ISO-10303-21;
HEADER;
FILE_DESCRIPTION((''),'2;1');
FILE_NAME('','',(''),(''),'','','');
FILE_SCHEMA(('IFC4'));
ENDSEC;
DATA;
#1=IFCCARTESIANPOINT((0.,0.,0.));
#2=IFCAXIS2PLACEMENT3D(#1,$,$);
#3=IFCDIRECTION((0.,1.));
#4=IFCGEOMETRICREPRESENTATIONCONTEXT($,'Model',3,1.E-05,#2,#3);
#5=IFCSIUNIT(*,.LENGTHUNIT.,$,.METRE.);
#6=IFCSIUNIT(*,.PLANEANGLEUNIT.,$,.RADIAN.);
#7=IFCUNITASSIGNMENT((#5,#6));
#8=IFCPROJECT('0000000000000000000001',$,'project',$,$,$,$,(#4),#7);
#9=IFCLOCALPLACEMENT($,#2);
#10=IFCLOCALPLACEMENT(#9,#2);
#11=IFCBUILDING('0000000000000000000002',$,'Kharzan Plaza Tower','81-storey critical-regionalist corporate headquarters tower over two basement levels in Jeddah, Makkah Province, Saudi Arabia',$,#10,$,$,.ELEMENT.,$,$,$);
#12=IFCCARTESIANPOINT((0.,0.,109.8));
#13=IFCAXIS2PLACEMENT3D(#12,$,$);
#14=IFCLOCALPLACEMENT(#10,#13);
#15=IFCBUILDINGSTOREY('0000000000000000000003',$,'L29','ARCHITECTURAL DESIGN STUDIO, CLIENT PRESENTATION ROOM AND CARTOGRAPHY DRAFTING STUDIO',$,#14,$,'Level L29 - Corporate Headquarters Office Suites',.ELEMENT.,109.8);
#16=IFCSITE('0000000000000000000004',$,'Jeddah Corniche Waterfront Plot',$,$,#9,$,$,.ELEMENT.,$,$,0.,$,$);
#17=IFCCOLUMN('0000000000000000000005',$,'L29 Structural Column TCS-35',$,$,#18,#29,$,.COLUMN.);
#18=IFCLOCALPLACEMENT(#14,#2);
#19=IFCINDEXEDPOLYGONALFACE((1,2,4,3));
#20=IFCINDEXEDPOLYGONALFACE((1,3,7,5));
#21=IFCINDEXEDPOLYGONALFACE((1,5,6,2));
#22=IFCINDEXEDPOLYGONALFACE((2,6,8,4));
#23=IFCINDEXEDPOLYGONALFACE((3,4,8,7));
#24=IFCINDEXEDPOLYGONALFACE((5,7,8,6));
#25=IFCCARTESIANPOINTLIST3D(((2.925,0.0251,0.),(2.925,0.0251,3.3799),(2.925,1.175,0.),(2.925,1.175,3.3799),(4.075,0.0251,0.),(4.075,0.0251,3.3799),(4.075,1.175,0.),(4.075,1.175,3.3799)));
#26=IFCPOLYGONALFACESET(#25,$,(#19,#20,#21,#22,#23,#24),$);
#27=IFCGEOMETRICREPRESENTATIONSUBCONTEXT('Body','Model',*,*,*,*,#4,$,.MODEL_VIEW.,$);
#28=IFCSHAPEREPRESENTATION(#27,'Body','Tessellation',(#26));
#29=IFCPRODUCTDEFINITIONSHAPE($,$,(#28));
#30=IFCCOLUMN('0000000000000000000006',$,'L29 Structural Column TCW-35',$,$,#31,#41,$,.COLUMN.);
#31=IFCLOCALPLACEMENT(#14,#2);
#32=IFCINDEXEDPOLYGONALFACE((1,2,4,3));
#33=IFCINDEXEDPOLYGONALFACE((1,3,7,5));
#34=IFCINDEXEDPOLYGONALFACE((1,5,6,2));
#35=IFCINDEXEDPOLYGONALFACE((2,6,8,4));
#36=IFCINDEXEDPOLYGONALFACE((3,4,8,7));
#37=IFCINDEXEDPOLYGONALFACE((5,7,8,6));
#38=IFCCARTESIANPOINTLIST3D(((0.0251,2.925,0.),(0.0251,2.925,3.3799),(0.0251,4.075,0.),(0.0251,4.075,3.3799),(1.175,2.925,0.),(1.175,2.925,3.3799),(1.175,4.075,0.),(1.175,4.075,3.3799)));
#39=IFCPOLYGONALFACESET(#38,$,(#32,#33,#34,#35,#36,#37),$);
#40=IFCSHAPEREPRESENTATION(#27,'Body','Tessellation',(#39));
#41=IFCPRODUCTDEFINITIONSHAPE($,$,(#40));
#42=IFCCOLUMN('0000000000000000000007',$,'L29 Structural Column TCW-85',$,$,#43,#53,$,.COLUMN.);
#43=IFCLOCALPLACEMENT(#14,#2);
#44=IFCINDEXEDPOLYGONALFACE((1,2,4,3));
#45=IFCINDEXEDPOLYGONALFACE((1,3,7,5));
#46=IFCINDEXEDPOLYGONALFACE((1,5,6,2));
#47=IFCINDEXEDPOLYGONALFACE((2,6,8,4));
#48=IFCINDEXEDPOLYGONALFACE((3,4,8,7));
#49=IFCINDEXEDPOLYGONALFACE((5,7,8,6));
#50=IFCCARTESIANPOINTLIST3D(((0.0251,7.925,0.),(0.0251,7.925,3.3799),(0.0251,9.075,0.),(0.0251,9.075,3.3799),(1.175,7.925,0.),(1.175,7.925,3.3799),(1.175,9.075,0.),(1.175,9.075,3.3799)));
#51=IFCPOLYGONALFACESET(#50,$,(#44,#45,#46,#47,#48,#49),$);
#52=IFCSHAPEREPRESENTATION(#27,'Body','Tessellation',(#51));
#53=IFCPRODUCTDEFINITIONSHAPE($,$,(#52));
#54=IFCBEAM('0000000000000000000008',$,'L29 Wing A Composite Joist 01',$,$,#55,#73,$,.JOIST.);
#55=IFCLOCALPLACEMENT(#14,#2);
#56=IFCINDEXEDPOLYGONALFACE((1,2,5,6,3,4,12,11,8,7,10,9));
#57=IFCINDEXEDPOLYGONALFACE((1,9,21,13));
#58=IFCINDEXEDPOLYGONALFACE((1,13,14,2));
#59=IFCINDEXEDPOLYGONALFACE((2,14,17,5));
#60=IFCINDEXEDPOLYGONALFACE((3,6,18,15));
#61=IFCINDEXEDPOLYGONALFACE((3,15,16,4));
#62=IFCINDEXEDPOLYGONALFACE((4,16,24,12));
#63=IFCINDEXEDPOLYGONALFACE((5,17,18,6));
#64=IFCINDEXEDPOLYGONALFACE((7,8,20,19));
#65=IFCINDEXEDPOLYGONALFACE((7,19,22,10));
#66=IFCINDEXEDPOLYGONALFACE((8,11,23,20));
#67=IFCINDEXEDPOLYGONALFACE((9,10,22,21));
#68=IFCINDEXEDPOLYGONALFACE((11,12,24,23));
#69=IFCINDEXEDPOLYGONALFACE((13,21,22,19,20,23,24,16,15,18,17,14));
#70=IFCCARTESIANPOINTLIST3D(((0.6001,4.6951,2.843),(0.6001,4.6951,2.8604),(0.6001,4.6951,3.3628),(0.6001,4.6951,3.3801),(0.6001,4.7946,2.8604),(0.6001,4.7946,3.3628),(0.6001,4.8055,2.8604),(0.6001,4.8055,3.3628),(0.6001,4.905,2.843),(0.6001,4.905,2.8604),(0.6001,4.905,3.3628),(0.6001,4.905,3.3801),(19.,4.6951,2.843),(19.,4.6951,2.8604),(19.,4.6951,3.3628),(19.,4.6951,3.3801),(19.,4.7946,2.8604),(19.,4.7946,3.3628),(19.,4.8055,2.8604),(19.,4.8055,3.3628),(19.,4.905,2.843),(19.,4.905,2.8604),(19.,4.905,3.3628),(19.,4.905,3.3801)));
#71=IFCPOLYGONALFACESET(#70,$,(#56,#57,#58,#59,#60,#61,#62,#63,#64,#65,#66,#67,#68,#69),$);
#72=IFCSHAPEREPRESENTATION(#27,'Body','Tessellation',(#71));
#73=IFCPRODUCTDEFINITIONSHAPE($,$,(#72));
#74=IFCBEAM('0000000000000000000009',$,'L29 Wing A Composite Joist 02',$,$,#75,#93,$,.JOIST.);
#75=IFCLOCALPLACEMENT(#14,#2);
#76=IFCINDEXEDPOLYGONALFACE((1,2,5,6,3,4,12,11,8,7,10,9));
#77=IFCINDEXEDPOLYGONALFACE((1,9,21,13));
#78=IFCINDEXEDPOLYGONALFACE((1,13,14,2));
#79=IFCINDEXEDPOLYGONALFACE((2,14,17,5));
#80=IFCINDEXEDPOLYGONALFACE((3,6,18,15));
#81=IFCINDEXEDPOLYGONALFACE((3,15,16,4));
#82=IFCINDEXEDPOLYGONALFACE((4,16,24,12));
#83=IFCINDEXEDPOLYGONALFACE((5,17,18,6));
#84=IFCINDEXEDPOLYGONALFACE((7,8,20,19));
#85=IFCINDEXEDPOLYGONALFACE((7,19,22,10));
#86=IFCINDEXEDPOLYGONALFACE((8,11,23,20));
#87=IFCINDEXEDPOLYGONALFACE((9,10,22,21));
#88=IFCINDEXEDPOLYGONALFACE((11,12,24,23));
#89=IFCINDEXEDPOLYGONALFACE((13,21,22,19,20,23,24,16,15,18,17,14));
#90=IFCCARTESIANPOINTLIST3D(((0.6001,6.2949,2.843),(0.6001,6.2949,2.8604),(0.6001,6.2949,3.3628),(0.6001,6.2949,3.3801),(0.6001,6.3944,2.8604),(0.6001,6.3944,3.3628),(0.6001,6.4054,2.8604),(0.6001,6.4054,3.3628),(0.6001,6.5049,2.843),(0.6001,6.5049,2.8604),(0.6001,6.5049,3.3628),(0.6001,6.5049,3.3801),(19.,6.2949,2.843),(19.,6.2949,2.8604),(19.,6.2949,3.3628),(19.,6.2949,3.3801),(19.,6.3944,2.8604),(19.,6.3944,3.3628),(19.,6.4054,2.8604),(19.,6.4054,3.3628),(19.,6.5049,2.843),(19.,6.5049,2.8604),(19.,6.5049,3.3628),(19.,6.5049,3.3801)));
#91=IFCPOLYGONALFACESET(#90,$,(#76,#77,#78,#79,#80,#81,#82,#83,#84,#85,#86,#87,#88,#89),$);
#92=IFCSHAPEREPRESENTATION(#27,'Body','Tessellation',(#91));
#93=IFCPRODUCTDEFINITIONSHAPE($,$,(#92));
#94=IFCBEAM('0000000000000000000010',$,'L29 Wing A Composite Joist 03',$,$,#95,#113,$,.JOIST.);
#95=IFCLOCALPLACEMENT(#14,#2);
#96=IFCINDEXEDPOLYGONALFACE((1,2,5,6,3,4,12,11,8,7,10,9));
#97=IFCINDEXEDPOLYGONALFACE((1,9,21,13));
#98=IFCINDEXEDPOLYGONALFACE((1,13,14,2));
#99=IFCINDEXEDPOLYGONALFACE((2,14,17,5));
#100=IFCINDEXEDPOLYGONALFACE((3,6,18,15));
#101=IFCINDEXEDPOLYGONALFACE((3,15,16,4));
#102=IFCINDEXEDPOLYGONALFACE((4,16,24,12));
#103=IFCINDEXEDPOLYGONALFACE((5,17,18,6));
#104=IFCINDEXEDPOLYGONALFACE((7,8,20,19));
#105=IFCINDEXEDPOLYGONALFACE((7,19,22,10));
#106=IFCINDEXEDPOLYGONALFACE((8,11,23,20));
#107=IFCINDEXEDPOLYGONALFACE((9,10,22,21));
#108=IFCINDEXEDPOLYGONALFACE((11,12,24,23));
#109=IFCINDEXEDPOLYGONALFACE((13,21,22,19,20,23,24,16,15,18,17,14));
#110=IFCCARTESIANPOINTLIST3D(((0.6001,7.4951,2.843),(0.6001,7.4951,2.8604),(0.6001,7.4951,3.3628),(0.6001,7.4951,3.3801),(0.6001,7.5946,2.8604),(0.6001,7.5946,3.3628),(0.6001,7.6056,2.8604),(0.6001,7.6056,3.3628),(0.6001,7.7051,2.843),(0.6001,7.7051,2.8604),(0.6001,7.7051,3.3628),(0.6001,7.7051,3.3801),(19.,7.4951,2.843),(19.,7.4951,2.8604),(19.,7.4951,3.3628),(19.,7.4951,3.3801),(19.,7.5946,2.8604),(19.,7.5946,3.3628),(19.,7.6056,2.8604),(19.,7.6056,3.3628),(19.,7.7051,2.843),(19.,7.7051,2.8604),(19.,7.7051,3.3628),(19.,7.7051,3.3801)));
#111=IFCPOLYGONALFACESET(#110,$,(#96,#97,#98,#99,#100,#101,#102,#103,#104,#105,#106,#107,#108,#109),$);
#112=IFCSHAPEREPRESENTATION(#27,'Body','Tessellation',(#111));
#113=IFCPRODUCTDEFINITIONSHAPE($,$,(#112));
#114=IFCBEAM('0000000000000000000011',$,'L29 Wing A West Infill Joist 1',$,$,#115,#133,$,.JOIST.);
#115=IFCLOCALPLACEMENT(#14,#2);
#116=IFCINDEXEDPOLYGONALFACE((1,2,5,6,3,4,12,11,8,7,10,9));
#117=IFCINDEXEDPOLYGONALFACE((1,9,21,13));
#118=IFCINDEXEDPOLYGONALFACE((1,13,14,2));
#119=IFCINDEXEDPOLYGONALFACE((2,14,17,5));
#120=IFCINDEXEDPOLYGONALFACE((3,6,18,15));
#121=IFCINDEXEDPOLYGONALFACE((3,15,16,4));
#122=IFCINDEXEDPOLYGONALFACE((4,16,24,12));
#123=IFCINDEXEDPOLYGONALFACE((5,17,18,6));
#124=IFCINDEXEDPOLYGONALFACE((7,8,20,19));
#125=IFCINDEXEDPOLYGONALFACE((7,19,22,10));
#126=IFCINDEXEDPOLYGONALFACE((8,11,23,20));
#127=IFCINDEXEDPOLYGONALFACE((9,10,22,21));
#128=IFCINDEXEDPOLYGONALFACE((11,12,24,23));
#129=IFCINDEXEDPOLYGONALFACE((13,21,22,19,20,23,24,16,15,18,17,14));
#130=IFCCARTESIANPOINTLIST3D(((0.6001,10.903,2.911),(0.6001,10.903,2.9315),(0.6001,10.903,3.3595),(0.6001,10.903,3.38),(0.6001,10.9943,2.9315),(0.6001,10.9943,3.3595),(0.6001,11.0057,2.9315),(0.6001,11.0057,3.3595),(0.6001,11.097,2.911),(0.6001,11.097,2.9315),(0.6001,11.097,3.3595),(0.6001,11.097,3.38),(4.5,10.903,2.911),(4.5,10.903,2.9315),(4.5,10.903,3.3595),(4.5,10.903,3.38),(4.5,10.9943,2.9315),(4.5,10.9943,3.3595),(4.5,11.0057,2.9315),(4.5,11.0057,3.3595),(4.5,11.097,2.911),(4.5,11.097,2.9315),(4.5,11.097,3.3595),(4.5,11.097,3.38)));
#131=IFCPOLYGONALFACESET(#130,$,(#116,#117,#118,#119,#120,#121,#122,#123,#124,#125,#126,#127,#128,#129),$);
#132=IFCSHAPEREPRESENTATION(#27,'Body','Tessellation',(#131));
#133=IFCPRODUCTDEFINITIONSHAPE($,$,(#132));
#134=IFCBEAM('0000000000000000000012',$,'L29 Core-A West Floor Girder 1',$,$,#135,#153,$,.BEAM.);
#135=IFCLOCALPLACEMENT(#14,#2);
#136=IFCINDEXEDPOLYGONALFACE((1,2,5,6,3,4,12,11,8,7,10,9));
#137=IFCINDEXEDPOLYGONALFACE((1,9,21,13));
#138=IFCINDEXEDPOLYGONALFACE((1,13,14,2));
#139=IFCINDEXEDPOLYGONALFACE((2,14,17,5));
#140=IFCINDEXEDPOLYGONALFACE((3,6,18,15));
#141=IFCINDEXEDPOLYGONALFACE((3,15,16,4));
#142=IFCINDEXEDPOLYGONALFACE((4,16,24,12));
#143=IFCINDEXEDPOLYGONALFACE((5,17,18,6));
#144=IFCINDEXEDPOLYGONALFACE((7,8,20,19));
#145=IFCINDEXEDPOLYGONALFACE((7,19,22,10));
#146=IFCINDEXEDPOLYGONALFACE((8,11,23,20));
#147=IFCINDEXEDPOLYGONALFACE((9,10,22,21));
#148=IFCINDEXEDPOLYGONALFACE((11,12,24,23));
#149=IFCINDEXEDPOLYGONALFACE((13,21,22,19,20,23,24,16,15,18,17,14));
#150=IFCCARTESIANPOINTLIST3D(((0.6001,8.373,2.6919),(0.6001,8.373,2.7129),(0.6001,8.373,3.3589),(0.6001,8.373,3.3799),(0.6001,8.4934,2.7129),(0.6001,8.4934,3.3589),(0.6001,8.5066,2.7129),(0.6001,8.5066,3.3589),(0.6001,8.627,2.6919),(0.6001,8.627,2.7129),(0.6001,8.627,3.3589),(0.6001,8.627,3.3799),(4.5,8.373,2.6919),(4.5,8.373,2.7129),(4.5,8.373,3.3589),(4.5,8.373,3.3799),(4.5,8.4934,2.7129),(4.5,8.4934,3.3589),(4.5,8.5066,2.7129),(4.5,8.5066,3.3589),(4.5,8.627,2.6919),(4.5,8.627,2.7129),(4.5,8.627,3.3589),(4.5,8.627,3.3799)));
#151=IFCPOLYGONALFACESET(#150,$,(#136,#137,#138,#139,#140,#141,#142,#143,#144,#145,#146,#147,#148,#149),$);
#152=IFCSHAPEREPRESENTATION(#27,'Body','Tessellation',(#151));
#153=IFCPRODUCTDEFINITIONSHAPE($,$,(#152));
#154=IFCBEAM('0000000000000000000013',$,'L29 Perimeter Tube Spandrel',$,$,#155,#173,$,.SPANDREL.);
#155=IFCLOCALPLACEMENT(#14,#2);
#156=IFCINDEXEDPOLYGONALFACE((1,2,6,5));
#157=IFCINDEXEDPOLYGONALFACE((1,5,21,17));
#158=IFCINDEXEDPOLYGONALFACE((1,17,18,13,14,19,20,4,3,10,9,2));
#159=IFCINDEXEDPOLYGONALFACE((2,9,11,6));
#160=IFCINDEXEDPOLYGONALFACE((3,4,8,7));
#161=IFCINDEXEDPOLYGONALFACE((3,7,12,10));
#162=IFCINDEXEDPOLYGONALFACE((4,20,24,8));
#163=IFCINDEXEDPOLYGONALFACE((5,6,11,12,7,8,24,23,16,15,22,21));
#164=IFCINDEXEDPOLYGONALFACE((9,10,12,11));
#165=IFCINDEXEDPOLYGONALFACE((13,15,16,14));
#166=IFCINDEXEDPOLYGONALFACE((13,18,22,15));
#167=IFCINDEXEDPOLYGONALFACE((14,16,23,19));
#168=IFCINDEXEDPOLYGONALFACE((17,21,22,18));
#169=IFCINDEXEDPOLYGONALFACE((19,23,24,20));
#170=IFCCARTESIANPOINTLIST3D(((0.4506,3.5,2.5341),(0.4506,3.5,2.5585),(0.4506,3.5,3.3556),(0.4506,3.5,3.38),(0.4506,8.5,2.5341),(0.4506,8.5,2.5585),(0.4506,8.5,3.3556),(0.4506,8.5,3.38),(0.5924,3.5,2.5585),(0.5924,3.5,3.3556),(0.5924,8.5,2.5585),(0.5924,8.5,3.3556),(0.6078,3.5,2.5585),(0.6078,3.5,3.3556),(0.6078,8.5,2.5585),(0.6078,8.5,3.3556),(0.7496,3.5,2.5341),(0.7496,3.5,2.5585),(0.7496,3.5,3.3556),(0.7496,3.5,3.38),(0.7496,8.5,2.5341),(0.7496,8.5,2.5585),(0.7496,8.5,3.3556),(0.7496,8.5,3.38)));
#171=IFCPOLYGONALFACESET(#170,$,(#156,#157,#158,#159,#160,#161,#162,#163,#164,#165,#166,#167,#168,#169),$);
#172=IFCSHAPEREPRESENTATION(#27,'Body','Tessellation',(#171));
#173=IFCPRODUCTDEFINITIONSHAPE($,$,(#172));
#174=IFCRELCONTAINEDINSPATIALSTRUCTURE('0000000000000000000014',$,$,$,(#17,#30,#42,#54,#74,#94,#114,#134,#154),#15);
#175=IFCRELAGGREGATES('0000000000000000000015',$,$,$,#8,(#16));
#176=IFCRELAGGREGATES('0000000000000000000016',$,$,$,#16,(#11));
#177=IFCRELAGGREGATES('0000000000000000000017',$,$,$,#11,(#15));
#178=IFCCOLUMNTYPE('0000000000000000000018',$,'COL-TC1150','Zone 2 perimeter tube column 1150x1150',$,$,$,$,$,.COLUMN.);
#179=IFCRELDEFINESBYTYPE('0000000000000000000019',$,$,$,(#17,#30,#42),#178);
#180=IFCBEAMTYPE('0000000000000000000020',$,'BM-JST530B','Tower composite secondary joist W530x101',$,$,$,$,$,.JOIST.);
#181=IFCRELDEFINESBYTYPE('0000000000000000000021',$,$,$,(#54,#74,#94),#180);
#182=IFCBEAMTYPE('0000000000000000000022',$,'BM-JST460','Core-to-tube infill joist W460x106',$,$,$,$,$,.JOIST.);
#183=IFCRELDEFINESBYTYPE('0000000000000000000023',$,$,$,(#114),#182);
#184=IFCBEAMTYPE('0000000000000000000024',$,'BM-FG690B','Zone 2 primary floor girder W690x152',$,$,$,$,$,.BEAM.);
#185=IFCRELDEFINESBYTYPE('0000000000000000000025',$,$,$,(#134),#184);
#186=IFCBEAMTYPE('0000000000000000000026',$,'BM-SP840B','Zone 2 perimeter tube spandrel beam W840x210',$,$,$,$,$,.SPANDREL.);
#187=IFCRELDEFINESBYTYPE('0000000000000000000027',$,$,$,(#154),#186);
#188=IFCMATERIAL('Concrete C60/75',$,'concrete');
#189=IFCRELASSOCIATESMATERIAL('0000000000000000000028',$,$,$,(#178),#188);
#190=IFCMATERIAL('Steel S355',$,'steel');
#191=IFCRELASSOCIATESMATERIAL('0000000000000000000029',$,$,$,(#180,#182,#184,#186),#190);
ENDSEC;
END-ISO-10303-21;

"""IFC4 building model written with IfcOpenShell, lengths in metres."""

from ifc_helpers import new_model, si_unit, direction, frame, origin, origin_2d, place, context, subcontext, project, spatial, rectangle, i_section, extrude, source, transform, mapped, material, material_profile, profile_set, type_object, element, save


model = new_model("IFC4")

# Units and contexts
model_context = context("Model", 3, precision=1e-05, world=origin(), true_north=direction((0.0, 1.0)))
body_context = subcontext(model_context, "Body", "Model", "MODEL_VIEW")
ifc_project = project(units=[si_unit("LENGTHUNIT", "METRE"), si_unit("PLANEANGLEUNIT", "RADIAN")], contexts=[model_context])

# Site, building, storey
site_placement = place(None, origin())
site = spatial("IfcSite", under=ifc_project, at=site_placement, Name="Jeddah Corniche Waterfront Plot", CompositionType="ELEMENT", RefElevation=0.0)
building_placement = place(site_placement, origin())
building = spatial("IfcBuilding", under=site, at=building_placement, Name="Kharzan Plaza Tower", Description="81-storey critical-regionalist corporate headquarters tower over two basement levels in Jeddah, Makkah Province, Saudi Arabia", CompositionType="ELEMENT")
storey_placement = place(building_placement, frame((0.0, 0.0, 109.8)))
storey = spatial("IfcBuildingStorey", under=building, at=storey_placement, Name="L29", Description="ARCHITECTURAL DESIGN STUDIO, CLIENT PRESENTATION ROOM AND CARTOGRAPHY DRAFTING STUDIO", LongName="Level L29 - Corporate Headquarters Office Suites", CompositionType="ELEMENT", Elevation=109.8)

# Columns
ifc_material_1 = material(Name="Concrete C60/75", Category="concrete")
ifc_material_profile_1 = material_profile(ifc_material_1, rectangle(XDim=1.1499, YDim=1.1499, at=origin_2d()), Name="RC-TC1150x1150")
ifc_profile_set_1 = profile_set([ifc_material_profile_1], Name="Concrete C60/75")
column_type = type_object("IfcColumnType", Name="COL-TC1150", Description="Zone 2 perimeter tube column 1150x1150", PredefinedType="COLUMN", material=ifc_profile_set_1)
shared_shape_1 = source(origin(), body_context, "Body", "SweptSolid", [
    extrude(rectangle(XDim=1.1499, YDim=1.1499, at=origin_2d()), origin(), (0.0, 0.0, 1.0), 3.3799),
])
for number, where, z_axis, x_axis, name in (
    (1, (3.5, 0.6001, 0.0), (0.0, 0.0, 1.0), (1.0, 0.0, 0.0), "L29 Structural Column TCS-35"),
    (2, (0.6001, 3.5, 0.0), (0.0, 0.0, 1.0), (1.0, 0.0, 0.0), "L29 Structural Column TCW-35"),
    (3, (0.6001, 8.5, 0.0), (0.0, 0.0, 1.0), (1.0, 0.0, 0.0), "L29 Structural Column TCW-85"),
):
    element("IfcColumn", number, at=place(storey_placement, frame(where, z_axis=z_axis, x_axis=x_axis)), inside=storey, type_object=column_type, Name=name, PredefinedType="COLUMN", context=body_context, shape_type="MappedRepresentation", body=[
        mapped(shared_shape_1, transform((0.0, 0.0, 0.0), x_axis=(1.0, 0.0, 0.0), y_axis=(0.0, 1.0, 0.0), z_axis=(0.0, 0.0, 1.0))),
    ])

# Beams
ifc_material_2 = material(Name="Steel S355", Category="steel")
ifc_material_profile_2 = material_profile(ifc_material_2, i_section(OverallWidth=0.21, OverallDepth=0.5371, WebThickness=0.011, FlangeThickness=0.0173, at=origin_2d()), Name="W530x101")
ifc_profile_set_2 = profile_set([ifc_material_profile_2], Name="Steel S355")
beam_type_1 = type_object("IfcBeamType", Name="BM-JST530B", Description="Tower composite secondary joist W530x101", PredefinedType="JOIST", material=ifc_profile_set_2)
shared_shape_2 = source(origin(), body_context, "Body", "SweptSolid", [
    extrude(i_section(OverallWidth=0.21, OverallDepth=0.5371, WebThickness=0.011, FlangeThickness=0.0173, at=origin_2d()), origin(), (0.0, 0.0, 1.0), 18.3999),
])
for number, where, z_axis, x_axis, name in (
    (4, (0.6001, 4.8, 3.1116), (1.0, 0.0, 0.0), (0.0, 1.0, 0.0), "L29 Wing A Composite Joist 01"),
    (5, (0.6001, 6.3999, 3.1116), (1.0, 0.0, 0.0), (0.0, 1.0, 0.0), "L29 Wing A Composite Joist 02"),
    (6, (0.6001, 7.6001, 3.1116), (1.0, 0.0, 0.0), (0.0, 1.0, 0.0), "L29 Wing A Composite Joist 03"),
):
    element("IfcBeam", number, at=place(storey_placement, frame(where, z_axis=z_axis, x_axis=x_axis)), inside=storey, type_object=beam_type_1, Name=name, PredefinedType="JOIST", context=body_context, shape_type="MappedRepresentation", body=[
        mapped(shared_shape_2, transform((0.0, 0.0, 0.0), x_axis=(1.0, 0.0, 0.0), y_axis=(0.0, 1.0, 0.0), z_axis=(0.0, 0.0, 1.0))),
    ])
ifc_material_profile_3 = material_profile(ifc_material_2, i_section(OverallWidth=0.1941, OverallDepth=0.469, WebThickness=0.0115, FlangeThickness=0.0205, at=origin_2d()), Name="W460x106")
ifc_profile_set_3 = profile_set([ifc_material_profile_3], Name="Steel S355")
beam_type_2 = type_object("IfcBeamType", Name="BM-JST460", Description="Core-to-tube infill joist W460x106", PredefinedType="JOIST", material=ifc_profile_set_3)
shared_shape_3 = source(origin(), body_context, "Body", "SweptSolid", [
    extrude(i_section(OverallWidth=0.1941, OverallDepth=0.469, WebThickness=0.0115, FlangeThickness=0.0205, at=origin_2d()), origin(), (0.0, 0.0, 1.0), 3.8999),
])
beam_1_placement = place(storey_placement, frame((0.6001, 11.0, 3.1455), z_axis=(1.0, 0.0, 0.0), x_axis=(0.0, 1.0, 0.0)))
element("IfcBeam", 7, at=beam_1_placement, inside=storey, type_object=beam_type_2, Name="L29 Wing A West Infill Joist 1", PredefinedType="JOIST", context=body_context, shape_type="MappedRepresentation", body=[
    mapped(shared_shape_3, transform((0.0, 0.0, 0.0), x_axis=(1.0, 0.0, 0.0), y_axis=(0.0, 1.0, 0.0), z_axis=(0.0, 0.0, 1.0))),
])
ifc_material_profile_4 = material_profile(ifc_material_2, i_section(OverallWidth=0.2539, OverallDepth=0.688, WebThickness=0.0132, FlangeThickness=0.021, at=origin_2d()), Name="W690x152")
ifc_profile_set_4 = profile_set([ifc_material_profile_4], Name="Steel S355")
beam_type_3 = type_object("IfcBeamType", Name="BM-FG690B", Description="Zone 2 primary floor girder W690x152", PredefinedType="BEAM", material=ifc_profile_set_4)
shared_shape_4 = source(origin(), body_context, "Body", "SweptSolid", [
    extrude(i_section(OverallWidth=0.2539, OverallDepth=0.688, WebThickness=0.0132, FlangeThickness=0.021, at=origin_2d()), origin(), (0.0, 0.0, 1.0), 3.8999),
])
beam_2_placement = place(storey_placement, frame((0.6001, 8.5, 3.0359), z_axis=(1.0, 0.0, 0.0), x_axis=(0.0, 1.0, 0.0)))
element("IfcBeam", 8, at=beam_2_placement, inside=storey, type_object=beam_type_3, Name="L29 Core-A West Floor Girder 1", PredefinedType="BEAM", context=body_context, shape_type="MappedRepresentation", body=[
    mapped(shared_shape_4, transform((0.0, 0.0, 0.0), x_axis=(1.0, 0.0, 0.0), y_axis=(0.0, 1.0, 0.0), z_axis=(0.0, 0.0, 1.0))),
])
ifc_material_profile_5 = material_profile(ifc_material_2, i_section(OverallWidth=0.2991, OverallDepth=0.8459, WebThickness=0.0154, FlangeThickness=0.0244, at=origin_2d()), Name="W840x210")
ifc_profile_set_5 = profile_set([ifc_material_profile_5], Name="Steel S355")
beam_type_4 = type_object("IfcBeamType", Name="BM-SP840B", Description="Zone 2 perimeter tube spandrel beam W840x210", PredefinedType="SPANDREL", material=ifc_profile_set_5)
shared_shape_5 = source(origin(), body_context, "Body", "SweptSolid", [
    extrude(i_section(OverallWidth=0.2991, OverallDepth=0.8459, WebThickness=0.0154, FlangeThickness=0.0244, at=origin_2d()), origin(), (0.0, 0.0, 1.0), 5.0),
])
for number, where, z_axis, x_axis, name in (
    (9, (0.6001, 3.5, 2.957), (0.0, 1.0, 0.0), (-1.0, 0.0, 0.0), "L29 Perimeter Tube Spandrel"),
):
    element("IfcBeam", number, at=place(storey_placement, frame(where, z_axis=z_axis, x_axis=x_axis)), inside=storey, type_object=beam_type_4, Name=name, PredefinedType="SPANDREL", context=body_context, shape_type="MappedRepresentation", body=[
        mapped(shared_shape_5, transform((0.0, 0.0, 0.0), x_axis=(1.0, 0.0, 0.0), y_axis=(0.0, 1.0, 0.0), z_axis=(0.0, 0.0, 1.0))),
    ])

save(model, "model.ifc")
